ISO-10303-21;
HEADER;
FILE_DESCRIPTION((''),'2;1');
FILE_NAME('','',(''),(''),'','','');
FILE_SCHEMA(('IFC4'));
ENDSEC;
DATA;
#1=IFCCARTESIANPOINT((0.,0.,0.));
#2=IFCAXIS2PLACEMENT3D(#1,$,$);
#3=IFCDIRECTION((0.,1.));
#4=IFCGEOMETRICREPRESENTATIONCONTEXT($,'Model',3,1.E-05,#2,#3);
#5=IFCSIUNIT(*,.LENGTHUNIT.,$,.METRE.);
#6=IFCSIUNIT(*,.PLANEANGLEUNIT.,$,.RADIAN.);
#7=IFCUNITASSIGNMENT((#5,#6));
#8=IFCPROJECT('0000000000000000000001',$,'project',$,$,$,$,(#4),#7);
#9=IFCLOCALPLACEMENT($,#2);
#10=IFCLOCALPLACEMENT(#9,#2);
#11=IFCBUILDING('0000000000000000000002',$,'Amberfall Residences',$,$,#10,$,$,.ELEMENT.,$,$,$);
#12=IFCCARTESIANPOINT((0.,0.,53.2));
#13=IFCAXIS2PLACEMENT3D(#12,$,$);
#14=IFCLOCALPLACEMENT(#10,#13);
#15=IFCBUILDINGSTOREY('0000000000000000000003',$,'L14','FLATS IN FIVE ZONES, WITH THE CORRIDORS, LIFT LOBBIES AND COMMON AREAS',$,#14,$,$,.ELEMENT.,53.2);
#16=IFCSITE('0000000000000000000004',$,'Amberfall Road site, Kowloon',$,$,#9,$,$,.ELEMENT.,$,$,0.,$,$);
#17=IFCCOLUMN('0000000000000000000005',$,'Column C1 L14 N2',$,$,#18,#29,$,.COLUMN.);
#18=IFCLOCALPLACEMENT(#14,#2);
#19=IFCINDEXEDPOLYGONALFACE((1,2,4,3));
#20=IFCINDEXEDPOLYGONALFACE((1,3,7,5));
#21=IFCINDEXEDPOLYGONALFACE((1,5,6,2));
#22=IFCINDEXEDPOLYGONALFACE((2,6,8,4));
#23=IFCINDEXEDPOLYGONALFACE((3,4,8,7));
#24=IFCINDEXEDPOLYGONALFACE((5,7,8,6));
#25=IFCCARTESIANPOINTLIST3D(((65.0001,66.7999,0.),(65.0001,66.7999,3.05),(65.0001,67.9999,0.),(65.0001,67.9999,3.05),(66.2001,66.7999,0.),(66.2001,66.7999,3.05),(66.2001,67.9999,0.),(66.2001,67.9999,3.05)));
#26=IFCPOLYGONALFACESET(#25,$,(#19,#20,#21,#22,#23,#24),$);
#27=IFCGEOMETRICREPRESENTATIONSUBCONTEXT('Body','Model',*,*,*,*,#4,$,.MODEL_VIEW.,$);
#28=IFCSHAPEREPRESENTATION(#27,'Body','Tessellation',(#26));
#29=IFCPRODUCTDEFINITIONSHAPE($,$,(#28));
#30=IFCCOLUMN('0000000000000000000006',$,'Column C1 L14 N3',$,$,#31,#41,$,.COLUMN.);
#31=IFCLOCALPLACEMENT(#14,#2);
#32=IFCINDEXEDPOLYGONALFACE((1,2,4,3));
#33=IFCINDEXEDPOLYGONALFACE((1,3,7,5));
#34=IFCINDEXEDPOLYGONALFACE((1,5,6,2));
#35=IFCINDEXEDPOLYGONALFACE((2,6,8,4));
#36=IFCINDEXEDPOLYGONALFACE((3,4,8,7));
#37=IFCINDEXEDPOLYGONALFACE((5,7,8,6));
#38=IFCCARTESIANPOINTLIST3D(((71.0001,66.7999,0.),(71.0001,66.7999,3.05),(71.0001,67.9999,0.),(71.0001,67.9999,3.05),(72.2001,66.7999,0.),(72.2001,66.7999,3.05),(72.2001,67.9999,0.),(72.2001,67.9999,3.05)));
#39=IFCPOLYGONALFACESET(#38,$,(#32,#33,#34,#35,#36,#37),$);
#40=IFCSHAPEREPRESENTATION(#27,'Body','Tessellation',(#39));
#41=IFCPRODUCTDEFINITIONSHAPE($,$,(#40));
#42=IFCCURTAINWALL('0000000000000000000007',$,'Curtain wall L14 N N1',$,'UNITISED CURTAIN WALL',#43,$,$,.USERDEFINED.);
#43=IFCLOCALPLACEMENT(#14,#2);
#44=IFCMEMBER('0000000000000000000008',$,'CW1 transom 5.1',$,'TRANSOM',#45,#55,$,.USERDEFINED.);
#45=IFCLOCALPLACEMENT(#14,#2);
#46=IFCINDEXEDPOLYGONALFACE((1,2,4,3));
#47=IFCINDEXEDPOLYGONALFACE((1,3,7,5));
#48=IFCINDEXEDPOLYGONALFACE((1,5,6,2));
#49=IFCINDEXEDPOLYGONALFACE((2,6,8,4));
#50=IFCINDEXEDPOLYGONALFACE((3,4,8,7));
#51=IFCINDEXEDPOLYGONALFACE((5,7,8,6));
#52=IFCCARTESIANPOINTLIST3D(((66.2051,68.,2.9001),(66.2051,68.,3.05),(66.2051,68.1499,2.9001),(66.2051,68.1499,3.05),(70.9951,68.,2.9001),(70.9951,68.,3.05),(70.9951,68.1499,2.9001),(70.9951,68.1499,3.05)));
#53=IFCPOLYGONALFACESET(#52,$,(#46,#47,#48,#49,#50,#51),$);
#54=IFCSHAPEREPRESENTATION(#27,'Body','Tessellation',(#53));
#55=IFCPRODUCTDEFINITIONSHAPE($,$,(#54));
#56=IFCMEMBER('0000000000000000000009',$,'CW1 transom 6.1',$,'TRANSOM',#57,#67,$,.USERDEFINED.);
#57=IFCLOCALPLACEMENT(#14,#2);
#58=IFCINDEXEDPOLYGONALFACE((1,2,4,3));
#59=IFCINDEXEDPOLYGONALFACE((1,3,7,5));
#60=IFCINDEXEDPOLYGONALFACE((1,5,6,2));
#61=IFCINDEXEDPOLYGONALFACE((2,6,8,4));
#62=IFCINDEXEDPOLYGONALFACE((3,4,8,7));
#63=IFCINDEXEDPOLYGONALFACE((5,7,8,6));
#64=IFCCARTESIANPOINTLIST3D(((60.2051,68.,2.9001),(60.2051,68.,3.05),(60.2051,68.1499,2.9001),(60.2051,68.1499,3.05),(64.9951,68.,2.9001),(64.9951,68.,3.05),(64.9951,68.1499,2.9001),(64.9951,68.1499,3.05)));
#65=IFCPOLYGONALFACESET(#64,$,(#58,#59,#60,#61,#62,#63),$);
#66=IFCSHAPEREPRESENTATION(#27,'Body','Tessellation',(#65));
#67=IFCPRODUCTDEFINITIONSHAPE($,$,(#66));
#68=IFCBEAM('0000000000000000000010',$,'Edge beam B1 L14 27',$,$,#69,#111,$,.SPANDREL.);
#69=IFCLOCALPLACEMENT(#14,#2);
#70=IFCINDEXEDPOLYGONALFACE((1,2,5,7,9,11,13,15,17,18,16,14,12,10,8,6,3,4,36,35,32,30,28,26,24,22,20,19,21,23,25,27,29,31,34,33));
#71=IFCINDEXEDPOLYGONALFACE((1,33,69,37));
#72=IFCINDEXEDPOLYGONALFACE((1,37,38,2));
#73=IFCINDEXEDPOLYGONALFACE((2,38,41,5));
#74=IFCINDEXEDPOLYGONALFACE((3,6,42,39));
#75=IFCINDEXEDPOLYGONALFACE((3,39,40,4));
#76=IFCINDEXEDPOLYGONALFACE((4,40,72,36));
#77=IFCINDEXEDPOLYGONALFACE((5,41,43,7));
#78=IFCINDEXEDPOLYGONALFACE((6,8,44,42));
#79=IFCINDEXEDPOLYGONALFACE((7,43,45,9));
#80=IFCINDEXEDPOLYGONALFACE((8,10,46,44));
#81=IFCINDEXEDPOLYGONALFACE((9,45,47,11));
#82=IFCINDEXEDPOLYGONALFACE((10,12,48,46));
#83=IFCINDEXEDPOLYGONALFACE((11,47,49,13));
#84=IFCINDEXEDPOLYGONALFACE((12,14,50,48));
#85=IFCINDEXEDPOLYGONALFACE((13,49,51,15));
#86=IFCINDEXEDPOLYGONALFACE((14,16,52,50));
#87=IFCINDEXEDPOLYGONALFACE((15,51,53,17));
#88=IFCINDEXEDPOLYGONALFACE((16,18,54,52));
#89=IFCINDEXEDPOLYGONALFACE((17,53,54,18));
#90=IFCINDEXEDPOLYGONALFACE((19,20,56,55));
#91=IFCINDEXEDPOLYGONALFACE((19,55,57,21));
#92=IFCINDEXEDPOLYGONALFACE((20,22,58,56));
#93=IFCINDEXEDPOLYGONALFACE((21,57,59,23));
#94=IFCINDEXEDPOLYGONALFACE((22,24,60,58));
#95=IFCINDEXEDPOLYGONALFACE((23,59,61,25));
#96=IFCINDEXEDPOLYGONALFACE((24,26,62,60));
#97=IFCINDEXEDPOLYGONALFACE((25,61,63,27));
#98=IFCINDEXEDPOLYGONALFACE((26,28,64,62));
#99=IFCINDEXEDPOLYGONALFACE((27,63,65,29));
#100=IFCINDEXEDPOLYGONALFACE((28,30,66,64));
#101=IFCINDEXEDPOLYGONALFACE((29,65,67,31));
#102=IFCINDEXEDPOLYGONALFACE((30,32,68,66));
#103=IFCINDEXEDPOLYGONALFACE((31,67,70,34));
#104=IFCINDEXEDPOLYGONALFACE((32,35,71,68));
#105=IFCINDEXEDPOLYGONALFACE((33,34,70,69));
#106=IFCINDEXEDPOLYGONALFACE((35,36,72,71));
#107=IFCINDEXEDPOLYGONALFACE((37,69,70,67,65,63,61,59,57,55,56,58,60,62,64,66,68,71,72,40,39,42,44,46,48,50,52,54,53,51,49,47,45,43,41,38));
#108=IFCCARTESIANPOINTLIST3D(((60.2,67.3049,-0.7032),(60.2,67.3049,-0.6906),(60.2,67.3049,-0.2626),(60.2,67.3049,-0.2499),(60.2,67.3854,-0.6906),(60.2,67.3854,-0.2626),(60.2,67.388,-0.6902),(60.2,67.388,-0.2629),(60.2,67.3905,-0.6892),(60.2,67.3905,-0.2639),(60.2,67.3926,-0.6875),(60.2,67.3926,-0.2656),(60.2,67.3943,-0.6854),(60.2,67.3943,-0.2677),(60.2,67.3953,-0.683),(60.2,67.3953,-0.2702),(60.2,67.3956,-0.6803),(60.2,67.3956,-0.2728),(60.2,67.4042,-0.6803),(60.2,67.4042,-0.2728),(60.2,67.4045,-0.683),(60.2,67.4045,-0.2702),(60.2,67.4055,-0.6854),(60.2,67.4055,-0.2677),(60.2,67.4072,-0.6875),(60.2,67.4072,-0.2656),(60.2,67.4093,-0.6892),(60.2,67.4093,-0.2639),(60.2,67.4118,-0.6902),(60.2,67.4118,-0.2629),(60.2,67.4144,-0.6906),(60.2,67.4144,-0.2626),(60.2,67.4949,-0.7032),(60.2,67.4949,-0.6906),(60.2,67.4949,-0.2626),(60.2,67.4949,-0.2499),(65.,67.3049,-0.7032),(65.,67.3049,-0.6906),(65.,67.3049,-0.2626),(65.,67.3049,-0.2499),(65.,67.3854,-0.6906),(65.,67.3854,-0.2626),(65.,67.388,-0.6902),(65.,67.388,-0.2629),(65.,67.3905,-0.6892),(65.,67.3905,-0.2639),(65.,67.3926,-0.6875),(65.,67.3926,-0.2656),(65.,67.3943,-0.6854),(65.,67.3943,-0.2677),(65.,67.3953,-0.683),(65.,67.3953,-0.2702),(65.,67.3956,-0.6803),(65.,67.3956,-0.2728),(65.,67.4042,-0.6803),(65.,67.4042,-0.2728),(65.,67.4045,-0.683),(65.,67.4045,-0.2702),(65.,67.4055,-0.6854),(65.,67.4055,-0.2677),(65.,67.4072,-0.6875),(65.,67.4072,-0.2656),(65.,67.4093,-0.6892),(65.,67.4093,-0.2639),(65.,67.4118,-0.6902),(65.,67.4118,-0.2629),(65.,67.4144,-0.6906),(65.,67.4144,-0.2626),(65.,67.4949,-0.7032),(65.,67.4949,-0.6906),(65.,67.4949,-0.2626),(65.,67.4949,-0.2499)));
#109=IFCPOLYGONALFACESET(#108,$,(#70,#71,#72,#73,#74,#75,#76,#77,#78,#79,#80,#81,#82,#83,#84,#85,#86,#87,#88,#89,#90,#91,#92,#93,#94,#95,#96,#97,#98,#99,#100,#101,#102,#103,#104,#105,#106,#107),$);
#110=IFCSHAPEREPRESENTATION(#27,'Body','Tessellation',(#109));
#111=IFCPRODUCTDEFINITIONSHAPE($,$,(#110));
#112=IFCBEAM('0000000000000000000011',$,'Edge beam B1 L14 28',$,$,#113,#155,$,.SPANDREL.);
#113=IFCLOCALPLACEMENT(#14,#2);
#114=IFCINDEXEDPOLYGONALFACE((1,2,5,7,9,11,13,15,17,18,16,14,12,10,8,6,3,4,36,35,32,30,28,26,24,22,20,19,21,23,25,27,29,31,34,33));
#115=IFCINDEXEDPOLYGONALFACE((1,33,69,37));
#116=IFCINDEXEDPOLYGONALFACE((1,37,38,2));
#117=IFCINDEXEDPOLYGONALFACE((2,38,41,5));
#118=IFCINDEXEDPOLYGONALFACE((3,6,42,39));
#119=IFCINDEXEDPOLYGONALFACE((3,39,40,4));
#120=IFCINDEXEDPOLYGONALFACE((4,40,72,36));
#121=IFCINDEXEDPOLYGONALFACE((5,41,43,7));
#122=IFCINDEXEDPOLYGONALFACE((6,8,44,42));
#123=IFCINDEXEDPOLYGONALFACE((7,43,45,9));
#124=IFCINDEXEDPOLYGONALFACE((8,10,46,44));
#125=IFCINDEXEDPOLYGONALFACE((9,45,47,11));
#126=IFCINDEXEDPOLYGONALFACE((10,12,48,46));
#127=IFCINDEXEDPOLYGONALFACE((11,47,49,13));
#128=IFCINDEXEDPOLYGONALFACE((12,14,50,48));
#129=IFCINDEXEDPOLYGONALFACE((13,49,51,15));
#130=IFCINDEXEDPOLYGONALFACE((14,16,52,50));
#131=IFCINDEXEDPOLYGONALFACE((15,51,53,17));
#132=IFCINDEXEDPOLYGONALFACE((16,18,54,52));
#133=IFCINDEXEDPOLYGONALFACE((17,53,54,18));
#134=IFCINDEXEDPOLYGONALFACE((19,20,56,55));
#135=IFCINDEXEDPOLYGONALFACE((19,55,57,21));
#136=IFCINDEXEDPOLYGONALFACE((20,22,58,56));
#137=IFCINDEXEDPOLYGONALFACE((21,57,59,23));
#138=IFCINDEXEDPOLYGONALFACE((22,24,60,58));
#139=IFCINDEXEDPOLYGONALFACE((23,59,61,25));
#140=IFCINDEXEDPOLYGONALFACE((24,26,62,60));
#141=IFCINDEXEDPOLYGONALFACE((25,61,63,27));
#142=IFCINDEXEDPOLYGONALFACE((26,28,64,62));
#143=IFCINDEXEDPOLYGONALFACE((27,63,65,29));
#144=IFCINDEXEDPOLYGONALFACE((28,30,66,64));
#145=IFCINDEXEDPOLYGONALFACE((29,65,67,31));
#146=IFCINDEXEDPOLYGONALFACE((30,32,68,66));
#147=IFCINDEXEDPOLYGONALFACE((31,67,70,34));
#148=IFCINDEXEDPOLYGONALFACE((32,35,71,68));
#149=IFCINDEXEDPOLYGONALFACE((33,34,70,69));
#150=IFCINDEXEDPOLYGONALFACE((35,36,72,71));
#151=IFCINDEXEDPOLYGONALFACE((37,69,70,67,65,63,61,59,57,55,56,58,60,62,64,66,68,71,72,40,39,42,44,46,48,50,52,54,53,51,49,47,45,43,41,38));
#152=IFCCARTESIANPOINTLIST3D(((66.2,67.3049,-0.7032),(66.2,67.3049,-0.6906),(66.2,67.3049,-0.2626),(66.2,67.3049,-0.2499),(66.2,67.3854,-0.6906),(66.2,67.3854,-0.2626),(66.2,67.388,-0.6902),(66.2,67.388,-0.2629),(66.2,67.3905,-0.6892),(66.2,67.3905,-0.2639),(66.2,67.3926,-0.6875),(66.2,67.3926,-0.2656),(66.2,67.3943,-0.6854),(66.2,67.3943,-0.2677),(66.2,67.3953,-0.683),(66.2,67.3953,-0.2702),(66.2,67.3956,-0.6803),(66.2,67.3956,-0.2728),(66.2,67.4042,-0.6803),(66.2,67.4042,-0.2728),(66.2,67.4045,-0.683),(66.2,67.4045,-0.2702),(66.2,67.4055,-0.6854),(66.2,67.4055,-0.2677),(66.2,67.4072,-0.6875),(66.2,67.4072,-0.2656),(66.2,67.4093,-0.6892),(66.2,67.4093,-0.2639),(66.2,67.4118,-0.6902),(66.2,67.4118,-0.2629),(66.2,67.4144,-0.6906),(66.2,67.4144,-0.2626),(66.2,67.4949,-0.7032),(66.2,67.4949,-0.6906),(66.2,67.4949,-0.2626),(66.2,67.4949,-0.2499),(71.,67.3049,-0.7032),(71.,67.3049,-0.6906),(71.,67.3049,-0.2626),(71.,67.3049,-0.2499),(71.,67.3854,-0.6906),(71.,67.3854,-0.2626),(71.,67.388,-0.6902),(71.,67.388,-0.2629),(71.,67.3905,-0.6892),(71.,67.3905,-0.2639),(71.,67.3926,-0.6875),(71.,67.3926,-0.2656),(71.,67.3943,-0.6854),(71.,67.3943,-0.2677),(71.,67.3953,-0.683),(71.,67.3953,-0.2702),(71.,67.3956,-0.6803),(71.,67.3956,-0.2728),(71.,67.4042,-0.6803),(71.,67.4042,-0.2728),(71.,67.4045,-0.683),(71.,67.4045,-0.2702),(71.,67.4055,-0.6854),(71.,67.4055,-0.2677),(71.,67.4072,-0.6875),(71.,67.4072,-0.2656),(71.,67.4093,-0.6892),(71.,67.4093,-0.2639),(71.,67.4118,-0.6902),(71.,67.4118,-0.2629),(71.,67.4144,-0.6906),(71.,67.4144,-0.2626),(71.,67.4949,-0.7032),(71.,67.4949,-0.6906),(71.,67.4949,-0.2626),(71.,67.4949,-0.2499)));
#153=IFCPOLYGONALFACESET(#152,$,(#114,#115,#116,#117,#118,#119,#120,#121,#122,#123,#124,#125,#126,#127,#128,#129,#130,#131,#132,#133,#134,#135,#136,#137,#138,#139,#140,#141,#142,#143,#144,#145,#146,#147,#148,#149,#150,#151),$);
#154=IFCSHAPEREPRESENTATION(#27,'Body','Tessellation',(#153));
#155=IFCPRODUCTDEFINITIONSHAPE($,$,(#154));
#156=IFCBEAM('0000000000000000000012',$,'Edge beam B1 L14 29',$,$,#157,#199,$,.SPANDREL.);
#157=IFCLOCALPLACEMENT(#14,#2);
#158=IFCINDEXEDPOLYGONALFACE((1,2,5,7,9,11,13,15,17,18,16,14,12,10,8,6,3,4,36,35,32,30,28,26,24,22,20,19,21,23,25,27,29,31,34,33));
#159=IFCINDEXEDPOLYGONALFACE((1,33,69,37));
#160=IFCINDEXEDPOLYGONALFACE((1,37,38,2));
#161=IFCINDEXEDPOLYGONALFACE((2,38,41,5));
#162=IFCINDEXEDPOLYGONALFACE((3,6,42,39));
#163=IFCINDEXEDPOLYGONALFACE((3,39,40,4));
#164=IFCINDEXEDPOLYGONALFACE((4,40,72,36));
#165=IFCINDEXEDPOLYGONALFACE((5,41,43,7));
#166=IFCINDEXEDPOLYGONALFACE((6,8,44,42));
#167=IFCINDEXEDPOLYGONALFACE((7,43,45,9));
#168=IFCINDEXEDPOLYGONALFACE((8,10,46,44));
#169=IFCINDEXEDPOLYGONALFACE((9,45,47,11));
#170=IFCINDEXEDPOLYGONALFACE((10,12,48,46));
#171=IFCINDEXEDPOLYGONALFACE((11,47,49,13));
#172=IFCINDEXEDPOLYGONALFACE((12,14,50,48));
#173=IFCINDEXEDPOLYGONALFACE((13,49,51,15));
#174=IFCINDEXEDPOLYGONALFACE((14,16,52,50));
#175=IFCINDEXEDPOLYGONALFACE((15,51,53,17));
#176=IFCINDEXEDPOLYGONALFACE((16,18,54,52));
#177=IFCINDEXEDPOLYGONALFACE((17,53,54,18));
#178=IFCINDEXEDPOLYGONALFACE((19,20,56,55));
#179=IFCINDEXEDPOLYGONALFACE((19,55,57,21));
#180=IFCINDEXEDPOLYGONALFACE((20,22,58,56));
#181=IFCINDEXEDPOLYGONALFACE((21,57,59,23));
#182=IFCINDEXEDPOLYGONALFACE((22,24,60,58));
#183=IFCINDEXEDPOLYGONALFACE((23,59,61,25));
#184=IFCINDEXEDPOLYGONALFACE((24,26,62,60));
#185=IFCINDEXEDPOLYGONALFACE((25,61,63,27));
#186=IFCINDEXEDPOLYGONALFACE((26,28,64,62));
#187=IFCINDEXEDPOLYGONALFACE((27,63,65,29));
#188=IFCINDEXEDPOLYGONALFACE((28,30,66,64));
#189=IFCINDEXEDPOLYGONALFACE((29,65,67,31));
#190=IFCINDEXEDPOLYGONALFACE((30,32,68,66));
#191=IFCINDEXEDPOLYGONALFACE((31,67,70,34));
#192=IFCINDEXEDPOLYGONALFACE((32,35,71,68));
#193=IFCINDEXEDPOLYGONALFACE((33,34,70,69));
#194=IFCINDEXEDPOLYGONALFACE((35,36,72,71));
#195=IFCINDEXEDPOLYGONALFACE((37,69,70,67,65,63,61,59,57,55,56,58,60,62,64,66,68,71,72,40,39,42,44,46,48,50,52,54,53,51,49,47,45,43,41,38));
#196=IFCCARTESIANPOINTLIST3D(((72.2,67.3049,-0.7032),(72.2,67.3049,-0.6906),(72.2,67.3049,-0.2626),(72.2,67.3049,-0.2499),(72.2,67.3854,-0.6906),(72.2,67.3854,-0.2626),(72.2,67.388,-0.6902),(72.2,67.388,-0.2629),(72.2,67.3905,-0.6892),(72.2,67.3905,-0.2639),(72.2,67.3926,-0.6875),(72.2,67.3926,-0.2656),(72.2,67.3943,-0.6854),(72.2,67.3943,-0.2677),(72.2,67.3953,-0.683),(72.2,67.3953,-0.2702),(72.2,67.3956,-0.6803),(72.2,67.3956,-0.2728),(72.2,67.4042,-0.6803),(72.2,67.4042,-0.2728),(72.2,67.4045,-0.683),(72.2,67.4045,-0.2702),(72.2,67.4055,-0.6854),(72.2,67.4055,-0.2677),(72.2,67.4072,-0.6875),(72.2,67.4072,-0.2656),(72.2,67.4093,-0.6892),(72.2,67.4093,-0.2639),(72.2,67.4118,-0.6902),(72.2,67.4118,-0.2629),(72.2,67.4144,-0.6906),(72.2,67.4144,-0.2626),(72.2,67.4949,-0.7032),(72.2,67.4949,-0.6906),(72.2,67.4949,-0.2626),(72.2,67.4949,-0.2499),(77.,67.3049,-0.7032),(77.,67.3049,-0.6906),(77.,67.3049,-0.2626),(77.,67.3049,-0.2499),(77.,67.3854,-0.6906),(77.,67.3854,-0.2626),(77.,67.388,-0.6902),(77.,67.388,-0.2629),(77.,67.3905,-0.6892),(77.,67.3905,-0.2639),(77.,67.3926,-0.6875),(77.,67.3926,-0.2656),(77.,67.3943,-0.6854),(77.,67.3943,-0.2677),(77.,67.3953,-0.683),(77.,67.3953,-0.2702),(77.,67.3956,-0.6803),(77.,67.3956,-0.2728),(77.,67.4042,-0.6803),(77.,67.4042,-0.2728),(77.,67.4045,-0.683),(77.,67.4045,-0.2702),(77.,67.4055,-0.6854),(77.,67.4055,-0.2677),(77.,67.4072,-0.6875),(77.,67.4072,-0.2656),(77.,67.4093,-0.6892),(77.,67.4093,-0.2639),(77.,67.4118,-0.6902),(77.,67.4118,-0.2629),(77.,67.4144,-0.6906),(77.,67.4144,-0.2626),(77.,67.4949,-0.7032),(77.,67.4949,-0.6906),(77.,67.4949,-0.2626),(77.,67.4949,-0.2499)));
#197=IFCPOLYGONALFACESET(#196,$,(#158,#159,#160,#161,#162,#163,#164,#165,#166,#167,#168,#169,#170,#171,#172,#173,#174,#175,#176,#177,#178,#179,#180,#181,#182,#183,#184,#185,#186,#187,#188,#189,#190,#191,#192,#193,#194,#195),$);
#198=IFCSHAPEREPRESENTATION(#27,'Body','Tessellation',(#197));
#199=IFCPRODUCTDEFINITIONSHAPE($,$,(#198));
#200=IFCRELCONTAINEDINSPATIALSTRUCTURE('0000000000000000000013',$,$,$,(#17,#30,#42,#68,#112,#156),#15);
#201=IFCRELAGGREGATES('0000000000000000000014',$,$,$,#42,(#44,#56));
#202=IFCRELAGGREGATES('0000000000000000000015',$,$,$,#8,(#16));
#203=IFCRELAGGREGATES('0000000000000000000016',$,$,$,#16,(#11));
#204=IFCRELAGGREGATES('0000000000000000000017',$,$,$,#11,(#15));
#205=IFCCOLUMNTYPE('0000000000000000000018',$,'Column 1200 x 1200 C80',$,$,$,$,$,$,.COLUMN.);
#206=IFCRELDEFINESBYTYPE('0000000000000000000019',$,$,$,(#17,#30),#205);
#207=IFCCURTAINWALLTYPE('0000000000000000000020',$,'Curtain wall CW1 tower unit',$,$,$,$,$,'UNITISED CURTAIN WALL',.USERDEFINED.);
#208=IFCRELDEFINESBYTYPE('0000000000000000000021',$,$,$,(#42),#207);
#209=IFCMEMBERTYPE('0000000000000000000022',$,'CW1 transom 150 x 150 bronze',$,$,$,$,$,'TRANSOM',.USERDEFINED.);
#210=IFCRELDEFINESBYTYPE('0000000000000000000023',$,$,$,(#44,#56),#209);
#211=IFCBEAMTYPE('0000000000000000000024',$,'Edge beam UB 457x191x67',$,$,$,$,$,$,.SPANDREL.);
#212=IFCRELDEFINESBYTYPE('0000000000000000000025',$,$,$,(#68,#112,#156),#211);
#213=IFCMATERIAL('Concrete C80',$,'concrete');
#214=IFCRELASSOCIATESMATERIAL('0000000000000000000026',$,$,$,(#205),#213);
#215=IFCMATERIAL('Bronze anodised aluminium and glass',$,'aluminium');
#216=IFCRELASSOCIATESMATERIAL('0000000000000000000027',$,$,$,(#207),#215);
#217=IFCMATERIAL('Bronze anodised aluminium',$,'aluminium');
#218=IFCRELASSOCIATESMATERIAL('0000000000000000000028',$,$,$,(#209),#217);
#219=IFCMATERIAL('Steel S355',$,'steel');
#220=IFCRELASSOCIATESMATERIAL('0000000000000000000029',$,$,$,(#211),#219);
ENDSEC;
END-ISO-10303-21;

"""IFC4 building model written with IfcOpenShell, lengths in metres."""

from ifc_helpers import new_model, si_unit, direction, frame, origin, origin_2d, place, context, subcontext, project, spatial, rectangle, i_section, extrude, material, material_profile, profile_set, type_object, element, aggregate, save


model = new_model("IFC4")

# Units and contexts
model_context = context("Model", 3, precision=1e-05, world=origin(), true_north=direction((0.0, 1.0)))
body_context = subcontext(model_context, "Body", "Model", "MODEL_VIEW")
ifc_project = project(units=[si_unit("LENGTHUNIT", "METRE"), si_unit("PLANEANGLEUNIT", "RADIAN")], contexts=[model_context])

# Site, building, storey
site_placement = place(None, origin())
site = spatial("IfcSite", under=ifc_project, at=site_placement, Name="Amberfall Road site, Kowloon", CompositionType="ELEMENT", RefElevation=0.0)
building_placement = place(site_placement, origin())
building = spatial("IfcBuilding", under=site, at=building_placement, Name="Amberfall Residences", CompositionType="ELEMENT")
storey_placement = place(building_placement, frame((0.0, 0.0, 53.2)))
storey = spatial("IfcBuildingStorey", under=building, at=storey_placement, Name="L14", Description="FLATS IN FIVE ZONES, WITH THE CORRIDORS, LIFT LOBBIES AND COMMON AREAS", CompositionType="ELEMENT", Elevation=53.2)

# Columns
ifc_material_1 = material(Name="Concrete C80", Category="concrete")
ifc_material_profile_1 = material_profile(ifc_material_1, rectangle(XDim=1.2, YDim=1.2, at=origin_2d()), Name="Column 1200 x 1200 C80")
ifc_profile_set_1 = profile_set([ifc_material_profile_1], Name="Concrete C80")
column_type = type_object("IfcColumnType", Name="Column 1200 x 1200 C80", PredefinedType="COLUMN", material=ifc_profile_set_1)
for number, where, z_axis, x_axis, name in (
    (1, (65.6001, 67.3999, 0.0), (0.0, 0.0, 1.0), (1.0, 0.0, 0.0), "Column C1 L14 N2"),
    (2, (71.6001, 67.3999, 0.0), (0.0, 0.0, 1.0), (1.0, 0.0, 0.0), "Column C1 L14 N3"),
):
    element("IfcColumn", number, at=place(storey_placement, frame(where, z_axis=z_axis, x_axis=x_axis)), inside=storey, type_object=column_type, Name=name, PredefinedType="COLUMN", context=body_context, shape_type="SweptSolid", body=[
        extrude(rectangle(XDim=1.2, YDim=1.2, at=origin_2d()), origin(), (0.0, 0.0, 1.0), 3.05),
    ])

# Curtain wall, members
ifc_material_2 = material(Name="Bronze anodised aluminium and glass", Category="aluminium")
curtain_wall_type = type_object("IfcCurtainWallType", Name="Curtain wall CW1 tower unit", ElementType="UNITISED CURTAIN WALL", PredefinedType="USERDEFINED", material=ifc_material_2)
curtain_wall_placement = place(storey_placement, origin())
curtain_wall = element("IfcCurtainWall", 3, at=curtain_wall_placement, inside=storey, type_object=curtain_wall_type, Name="Curtain wall L14 N N1", ObjectType="UNITISED CURTAIN WALL", PredefinedType="USERDEFINED")
ifc_material_3 = material(Name="Bronze anodised aluminium", Category="aluminium")
ifc_material_profile_2 = material_profile(ifc_material_3, rectangle(XDim=0.1499, YDim=0.1499, at=origin_2d()), Name="CW1 transom 150 x 150 bronze")
ifc_profile_set_2 = profile_set([ifc_material_profile_2], Name="Bronze anodised aluminium")
member_type_1 = type_object("IfcMemberType", Name="CW1 transom 150 x 150 bronze", ElementType="TRANSOM", PredefinedType="USERDEFINED", material=ifc_profile_set_2)
member_1_placement = place(storey_placement, frame((70.9951, 68.075, 2.9751), z_axis=(-1.0, 0.0, 0.0), x_axis=(0.0, -1.0, 0.0)))
member_1 = element("IfcMember", 4, at=member_1_placement, type_object=member_type_1, Name="CW1 transom 5.1", ObjectType="TRANSOM", PredefinedType="USERDEFINED", context=body_context, shape_type="SweptSolid", body=[
    extrude(rectangle(XDim=0.1499, YDim=0.1499, at=origin_2d()), origin(), (0.0, 0.0, 1.0), 4.79),
])
member_2_placement = place(storey_placement, frame((64.9951, 68.075, 2.9751), z_axis=(-1.0, 0.0, 0.0), x_axis=(0.0, -1.0, 0.0)))
member_2 = element("IfcMember", 5, at=member_2_placement, type_object=member_type_1, Name="CW1 transom 6.1", ObjectType="TRANSOM", PredefinedType="USERDEFINED", context=body_context, shape_type="SweptSolid", body=[
    extrude(rectangle(XDim=0.1499, YDim=0.1499, at=origin_2d()), origin(), (0.0, 0.0, 1.0), 4.79),
])

# Beams
ifc_material_4 = material(Name="Steel S355", Category="steel")
ifc_material_profile_3 = material_profile(ifc_material_4, i_section(OverallWidth=0.1899, OverallDepth=0.4534, WebThickness=0.0085, FlangeThickness=0.0127, FilletRadius=0.0103, at=origin_2d()), Name="UB 457x191x67")
ifc_profile_set_3 = profile_set([ifc_material_profile_3], Name="Steel S355")
beam_type_1 = type_object("IfcBeamType", Name="Edge beam UB 457x191x67", PredefinedType="SPANDREL", material=ifc_profile_set_3)
for number, where, z_axis, x_axis, name in (
    (6, (60.2, 67.3999, -0.4766), (1.0, 0.0, 0.0), (0.0, 1.0, 0.0), "Edge beam B1 L14 27"),
    (7, (66.2, 67.3999, -0.4766), (1.0, 0.0, 0.0), (0.0, 1.0, 0.0), "Edge beam B1 L14 28"),
    (8, (72.2, 67.3999, -0.4766), (1.0, 0.0, 0.0), (0.0, 1.0, 0.0), "Edge beam B1 L14 29"),
):
    element("IfcBeam", number, at=place(storey_placement, frame(where, z_axis=z_axis, x_axis=x_axis)), inside=storey, type_object=beam_type_1, Name=name, PredefinedType="SPANDREL", context=body_context, shape_type="SweptSolid", body=[
        extrude(i_section(OverallWidth=0.1899, OverallDepth=0.4534, WebThickness=0.0085, FlangeThickness=0.0127, FilletRadius=0.0103, at=origin_2d()), origin(), (0.0, 0.0, 1.0), 4.8),
    ])

aggregate(curtain_wall, [member_1, member_2])

save(model, "model.ifc")
